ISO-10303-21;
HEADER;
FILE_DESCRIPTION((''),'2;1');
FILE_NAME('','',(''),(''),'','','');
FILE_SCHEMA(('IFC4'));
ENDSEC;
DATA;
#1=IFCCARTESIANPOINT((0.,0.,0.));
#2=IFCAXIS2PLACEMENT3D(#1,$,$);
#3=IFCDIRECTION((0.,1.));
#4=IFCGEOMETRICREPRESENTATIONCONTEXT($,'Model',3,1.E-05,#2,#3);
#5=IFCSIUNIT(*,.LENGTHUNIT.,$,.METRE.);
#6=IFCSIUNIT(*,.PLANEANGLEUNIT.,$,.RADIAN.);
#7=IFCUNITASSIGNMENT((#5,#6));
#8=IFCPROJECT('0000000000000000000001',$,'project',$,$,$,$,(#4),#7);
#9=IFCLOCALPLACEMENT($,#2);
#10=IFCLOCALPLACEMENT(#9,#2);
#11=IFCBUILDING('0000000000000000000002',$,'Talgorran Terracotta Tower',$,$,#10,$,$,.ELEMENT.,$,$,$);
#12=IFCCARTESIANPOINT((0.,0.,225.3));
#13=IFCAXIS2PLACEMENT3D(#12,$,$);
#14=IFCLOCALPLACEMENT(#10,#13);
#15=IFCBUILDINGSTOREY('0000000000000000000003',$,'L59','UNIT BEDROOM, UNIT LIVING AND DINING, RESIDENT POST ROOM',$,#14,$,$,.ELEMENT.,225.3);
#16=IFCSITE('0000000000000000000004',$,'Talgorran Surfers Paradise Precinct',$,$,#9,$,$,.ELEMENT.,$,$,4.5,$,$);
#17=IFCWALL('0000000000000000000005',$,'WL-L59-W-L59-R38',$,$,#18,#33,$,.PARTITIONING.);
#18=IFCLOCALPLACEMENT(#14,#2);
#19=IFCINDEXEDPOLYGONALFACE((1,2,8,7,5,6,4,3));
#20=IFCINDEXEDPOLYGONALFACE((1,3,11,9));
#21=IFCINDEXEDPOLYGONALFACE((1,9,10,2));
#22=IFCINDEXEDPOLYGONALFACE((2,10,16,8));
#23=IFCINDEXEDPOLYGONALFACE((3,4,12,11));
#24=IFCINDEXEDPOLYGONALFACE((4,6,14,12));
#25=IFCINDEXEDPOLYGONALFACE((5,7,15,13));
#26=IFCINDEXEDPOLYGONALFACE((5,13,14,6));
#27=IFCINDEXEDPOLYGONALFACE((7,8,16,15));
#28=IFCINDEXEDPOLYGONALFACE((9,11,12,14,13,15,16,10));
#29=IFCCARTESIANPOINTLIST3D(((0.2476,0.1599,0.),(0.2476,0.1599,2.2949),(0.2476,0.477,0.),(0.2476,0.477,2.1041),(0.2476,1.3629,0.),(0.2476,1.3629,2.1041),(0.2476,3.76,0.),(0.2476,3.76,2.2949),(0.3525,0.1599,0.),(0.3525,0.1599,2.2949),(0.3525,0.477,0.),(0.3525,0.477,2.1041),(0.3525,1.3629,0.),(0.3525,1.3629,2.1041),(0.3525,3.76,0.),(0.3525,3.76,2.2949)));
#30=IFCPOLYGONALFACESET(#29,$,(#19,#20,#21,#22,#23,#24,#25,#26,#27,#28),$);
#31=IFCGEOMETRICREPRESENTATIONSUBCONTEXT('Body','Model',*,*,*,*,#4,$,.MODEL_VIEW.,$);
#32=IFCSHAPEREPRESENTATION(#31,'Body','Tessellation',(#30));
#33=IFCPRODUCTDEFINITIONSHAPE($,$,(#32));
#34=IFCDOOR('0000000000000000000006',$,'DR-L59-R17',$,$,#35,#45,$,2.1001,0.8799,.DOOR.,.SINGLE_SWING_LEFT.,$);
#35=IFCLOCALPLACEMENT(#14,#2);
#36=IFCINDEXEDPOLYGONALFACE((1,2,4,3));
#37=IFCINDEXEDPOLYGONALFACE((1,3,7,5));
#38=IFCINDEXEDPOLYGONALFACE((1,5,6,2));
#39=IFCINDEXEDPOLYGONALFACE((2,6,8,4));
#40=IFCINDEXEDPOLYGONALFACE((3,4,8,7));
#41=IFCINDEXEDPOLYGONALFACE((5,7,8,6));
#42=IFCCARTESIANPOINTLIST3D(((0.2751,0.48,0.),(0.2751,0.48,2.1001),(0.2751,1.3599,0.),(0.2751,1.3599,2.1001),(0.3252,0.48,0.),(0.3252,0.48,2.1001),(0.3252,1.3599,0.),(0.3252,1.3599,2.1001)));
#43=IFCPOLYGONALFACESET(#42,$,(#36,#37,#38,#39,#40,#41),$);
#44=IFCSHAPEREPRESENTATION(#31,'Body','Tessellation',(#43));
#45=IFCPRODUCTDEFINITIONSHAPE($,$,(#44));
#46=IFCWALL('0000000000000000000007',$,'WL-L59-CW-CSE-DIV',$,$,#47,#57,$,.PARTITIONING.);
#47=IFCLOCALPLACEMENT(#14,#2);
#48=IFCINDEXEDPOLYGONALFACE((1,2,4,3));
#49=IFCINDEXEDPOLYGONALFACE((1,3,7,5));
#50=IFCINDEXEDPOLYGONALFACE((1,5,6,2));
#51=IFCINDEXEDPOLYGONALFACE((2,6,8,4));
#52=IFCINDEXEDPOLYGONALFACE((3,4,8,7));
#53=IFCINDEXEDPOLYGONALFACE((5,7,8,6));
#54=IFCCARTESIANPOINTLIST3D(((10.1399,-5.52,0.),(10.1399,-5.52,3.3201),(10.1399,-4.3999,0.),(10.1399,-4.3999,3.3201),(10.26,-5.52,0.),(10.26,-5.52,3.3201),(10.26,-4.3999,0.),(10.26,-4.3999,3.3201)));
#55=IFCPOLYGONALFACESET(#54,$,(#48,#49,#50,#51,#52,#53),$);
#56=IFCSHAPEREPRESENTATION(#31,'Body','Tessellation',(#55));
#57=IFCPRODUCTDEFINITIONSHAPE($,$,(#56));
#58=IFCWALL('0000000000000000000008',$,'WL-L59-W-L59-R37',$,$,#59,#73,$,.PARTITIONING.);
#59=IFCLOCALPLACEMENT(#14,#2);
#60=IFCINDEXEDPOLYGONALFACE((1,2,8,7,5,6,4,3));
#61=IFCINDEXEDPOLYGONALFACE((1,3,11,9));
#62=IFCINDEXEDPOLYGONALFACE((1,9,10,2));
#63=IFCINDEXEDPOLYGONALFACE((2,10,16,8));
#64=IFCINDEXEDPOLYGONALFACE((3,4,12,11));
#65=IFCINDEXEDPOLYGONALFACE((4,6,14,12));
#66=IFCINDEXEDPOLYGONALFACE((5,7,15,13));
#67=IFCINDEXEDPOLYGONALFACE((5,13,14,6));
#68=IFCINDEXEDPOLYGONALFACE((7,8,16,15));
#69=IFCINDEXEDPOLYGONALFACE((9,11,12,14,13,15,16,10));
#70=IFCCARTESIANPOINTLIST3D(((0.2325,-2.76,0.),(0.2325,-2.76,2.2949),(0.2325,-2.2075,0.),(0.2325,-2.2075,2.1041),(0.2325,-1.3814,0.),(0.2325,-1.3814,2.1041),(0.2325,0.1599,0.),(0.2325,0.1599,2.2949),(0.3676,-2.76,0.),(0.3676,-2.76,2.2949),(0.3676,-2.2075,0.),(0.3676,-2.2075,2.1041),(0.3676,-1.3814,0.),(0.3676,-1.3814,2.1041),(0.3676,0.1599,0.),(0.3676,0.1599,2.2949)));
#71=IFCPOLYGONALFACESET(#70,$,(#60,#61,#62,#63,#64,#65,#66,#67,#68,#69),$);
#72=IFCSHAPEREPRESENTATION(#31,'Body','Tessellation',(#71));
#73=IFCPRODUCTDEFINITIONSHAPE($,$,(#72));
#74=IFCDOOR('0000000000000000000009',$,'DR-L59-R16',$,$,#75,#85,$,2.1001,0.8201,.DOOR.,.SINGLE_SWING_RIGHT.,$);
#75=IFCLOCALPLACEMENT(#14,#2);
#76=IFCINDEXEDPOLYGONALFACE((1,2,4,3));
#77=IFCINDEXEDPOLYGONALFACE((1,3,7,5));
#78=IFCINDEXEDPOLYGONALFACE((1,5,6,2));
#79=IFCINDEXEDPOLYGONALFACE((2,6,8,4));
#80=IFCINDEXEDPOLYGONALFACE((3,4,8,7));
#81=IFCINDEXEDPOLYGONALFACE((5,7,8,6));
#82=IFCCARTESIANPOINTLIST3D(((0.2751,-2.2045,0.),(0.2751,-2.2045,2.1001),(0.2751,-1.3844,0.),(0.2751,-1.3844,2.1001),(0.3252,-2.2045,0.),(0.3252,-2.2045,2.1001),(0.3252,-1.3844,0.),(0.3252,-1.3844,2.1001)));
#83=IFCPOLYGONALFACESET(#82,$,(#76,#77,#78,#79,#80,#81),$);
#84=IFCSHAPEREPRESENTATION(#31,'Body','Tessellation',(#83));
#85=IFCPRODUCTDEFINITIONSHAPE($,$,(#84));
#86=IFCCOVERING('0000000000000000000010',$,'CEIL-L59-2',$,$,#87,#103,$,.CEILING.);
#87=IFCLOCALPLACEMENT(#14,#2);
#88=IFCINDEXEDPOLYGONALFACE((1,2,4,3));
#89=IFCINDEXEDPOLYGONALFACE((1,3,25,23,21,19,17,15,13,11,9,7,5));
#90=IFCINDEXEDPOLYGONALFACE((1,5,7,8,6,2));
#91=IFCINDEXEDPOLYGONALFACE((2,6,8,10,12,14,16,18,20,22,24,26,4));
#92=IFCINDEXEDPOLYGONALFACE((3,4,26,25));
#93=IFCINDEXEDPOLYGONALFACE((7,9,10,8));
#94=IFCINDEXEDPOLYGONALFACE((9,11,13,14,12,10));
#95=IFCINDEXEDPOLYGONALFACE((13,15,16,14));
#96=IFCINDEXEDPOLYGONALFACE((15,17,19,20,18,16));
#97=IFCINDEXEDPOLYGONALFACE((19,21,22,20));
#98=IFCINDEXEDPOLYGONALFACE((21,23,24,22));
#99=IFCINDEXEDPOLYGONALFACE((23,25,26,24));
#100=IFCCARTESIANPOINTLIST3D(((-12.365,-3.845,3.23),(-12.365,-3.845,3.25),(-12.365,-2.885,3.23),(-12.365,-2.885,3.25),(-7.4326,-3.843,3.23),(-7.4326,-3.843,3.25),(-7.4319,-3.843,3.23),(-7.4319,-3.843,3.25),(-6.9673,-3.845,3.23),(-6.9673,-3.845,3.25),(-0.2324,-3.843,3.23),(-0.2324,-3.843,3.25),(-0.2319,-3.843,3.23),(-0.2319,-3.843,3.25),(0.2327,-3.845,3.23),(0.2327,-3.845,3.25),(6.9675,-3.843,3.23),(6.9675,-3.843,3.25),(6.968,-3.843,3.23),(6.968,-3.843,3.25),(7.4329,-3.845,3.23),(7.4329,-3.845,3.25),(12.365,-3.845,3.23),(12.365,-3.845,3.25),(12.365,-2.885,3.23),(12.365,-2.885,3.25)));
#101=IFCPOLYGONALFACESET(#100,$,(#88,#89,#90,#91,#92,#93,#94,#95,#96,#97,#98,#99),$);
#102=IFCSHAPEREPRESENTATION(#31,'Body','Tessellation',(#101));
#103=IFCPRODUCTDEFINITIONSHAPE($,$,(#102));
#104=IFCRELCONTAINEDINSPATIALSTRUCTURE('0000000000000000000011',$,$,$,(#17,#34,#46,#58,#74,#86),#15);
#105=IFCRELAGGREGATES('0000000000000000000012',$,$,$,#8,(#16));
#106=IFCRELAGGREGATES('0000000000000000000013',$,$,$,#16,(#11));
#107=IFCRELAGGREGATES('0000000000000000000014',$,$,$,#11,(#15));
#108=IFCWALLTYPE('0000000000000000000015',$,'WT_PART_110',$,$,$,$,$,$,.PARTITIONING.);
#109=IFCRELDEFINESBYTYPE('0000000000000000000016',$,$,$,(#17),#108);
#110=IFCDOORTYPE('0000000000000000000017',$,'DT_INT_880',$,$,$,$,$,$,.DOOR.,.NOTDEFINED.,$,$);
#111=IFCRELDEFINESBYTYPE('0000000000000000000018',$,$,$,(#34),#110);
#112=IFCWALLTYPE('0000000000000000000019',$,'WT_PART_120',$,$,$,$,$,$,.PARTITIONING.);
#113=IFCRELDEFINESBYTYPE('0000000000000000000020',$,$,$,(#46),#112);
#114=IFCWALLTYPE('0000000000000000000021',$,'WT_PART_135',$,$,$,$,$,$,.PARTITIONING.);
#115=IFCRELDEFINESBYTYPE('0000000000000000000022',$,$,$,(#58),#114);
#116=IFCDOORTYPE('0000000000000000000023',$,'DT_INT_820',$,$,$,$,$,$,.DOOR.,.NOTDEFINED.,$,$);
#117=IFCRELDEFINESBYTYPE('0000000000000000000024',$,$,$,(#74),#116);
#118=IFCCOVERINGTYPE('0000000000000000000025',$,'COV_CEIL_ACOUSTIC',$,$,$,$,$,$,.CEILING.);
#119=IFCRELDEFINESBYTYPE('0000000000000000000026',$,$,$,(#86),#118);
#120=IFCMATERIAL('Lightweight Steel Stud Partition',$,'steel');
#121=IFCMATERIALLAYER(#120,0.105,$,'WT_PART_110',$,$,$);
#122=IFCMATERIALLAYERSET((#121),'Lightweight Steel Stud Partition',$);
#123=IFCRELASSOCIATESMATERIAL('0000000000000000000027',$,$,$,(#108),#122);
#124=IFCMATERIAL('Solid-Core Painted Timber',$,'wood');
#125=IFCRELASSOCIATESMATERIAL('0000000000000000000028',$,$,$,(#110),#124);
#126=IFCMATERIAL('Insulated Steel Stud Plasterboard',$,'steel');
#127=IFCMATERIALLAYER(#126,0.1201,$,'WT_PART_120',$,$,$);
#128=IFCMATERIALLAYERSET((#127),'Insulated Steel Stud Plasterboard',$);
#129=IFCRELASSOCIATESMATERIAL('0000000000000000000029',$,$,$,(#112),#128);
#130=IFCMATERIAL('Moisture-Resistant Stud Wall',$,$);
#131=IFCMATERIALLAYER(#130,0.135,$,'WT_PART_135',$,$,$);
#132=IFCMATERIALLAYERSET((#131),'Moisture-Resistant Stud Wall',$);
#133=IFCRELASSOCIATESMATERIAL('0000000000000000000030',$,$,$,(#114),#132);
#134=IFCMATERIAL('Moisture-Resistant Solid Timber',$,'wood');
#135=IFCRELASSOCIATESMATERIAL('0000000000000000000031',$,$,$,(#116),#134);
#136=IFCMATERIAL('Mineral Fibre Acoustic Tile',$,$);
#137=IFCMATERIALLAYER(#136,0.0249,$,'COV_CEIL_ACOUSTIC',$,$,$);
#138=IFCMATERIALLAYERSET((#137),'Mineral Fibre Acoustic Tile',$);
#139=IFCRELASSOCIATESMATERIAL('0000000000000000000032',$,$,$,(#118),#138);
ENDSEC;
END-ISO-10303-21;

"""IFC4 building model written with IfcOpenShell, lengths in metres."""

from ifc_helpers import new_model, si_unit, direction, frame, frame_2d, origin, place, context, subcontext, project, spatial, polyline, rectangle, outline, extrude, material, layer, layer_set, type_object, element, fill, save


model = new_model("IFC4")

# Units and contexts
model_context = context("Model", 3, precision=1e-05, world=origin(), true_north=direction((0.0, 1.0)))
body_context = subcontext(model_context, "Body", "Model", "MODEL_VIEW")
ifc_project = project(units=[si_unit("LENGTHUNIT", "METRE"), si_unit("PLANEANGLEUNIT", "RADIAN")], contexts=[model_context])

# Site, building, storey
site_placement = place(None, origin())
site = spatial("IfcSite", under=ifc_project, at=site_placement, Name="Talgorran Surfers Paradise Precinct", CompositionType="ELEMENT", RefElevation=4.5)
building_placement = place(site_placement, origin())
building = spatial("IfcBuilding", under=site, at=building_placement, Name="Talgorran Terracotta Tower", CompositionType="ELEMENT")
storey_placement = place(building_placement, frame((0.0, 0.0, 225.3)))
storey = spatial("IfcBuildingStorey", under=building, at=storey_placement, Name="L59", Description="UNIT BEDROOM, UNIT LIVING AND DINING, RESIDENT POST ROOM", CompositionType="ELEMENT", Elevation=225.3)

# Wall, opening, door
ifc_material_1 = material(Name="Lightweight Steel Stud Partition", Category="steel")
ifc_layer_1 = layer(ifc_material_1, 0.105, Name="WT_PART_110")
ifc_layer_set_1 = layer_set([ifc_layer_1], Name="Lightweight Steel Stud Partition")
wall_type_1 = type_object("IfcWallType", Name="WT_PART_110", PredefinedType="PARTITIONING", material=ifc_layer_set_1)
wall_1_placement = place(storey_placement, frame((0.3, 0.1599, 0.0), z_axis=(0.0, 0.0, 1.0), x_axis=(0.0, 1.0, 0.0)))
wall_1 = element("IfcWall", 1, at=wall_1_placement, inside=storey, type_object=wall_type_1, Name="WL-L59-W-L59-R38", PredefinedType="PARTITIONING", context=body_context, shape_type="SweptSolid", body=[
    extrude(rectangle(XDim=3.6001, YDim=0.105, at=frame_2d((1.8, 0.0))), origin(), (0.0, 0.0, 1.0), 2.2949),
])
opening_1_placement = place(wall_1_placement, frame((0.3201, 0.0, 0.0)))
opening_1 = element("IfcOpeningElement", 2, at=opening_1_placement, cuts=wall_1, PredefinedType="OPENING", context=body_context, shape_type="SweptSolid", body=[
    extrude(rectangle(XDim=0.8859, YDim=2.1041, at=frame_2d((0.4399, 1.052))), frame((0.0, 0.0625, 0.0), z_axis=(0.0, -1.0, 0.0), x_axis=(1.0, 0.0, 0.0)), (0.0, 0.0, 1.0), 0.125),
])
ifc_material_2 = material(Name="Solid-Core Painted Timber", Category="wood")
door_type_1 = type_object("IfcDoorType", Name="DT_INT_880", OperationType="NOTDEFINED", PredefinedType="DOOR", material=ifc_material_2)
door_1_placement = place(opening_1_placement, origin())
door_1 = element("IfcDoor", 3, at=door_1_placement, inside=storey, type_object=door_type_1, Name="DR-L59-R17", OperationType="SINGLE_SWING_LEFT", OverallHeight=2.1001, OverallWidth=0.8799, PredefinedType="DOOR", context=body_context, shape_type="SweptSolid", body=[
    extrude(rectangle(XDim=0.8799, YDim=2.1001, at=frame_2d((0.4399, 1.05))), frame((0.0, 0.0249, 0.0), z_axis=(0.0, -1.0, 0.0), x_axis=(1.0, 0.0, 0.0)), (0.0, 0.0, 1.0), 0.05),
])
fill(opening_1, door_1)

# Wall
ifc_material_3 = material(Name="Insulated Steel Stud Plasterboard", Category="steel")
ifc_layer_2 = layer(ifc_material_3, 0.1201, Name="WT_PART_120")
ifc_layer_set_2 = layer_set([ifc_layer_2], Name="Insulated Steel Stud Plasterboard")
wall_type_2 = type_object("IfcWallType", Name="WT_PART_120", PredefinedType="PARTITIONING", material=ifc_layer_set_2)
wall_2_placement = place(storey_placement, frame((10.2, -5.52, 0.0), z_axis=(0.0, 0.0, 1.0), x_axis=(0.0, 1.0, 0.0)))
element("IfcWall", 4, at=wall_2_placement, inside=storey, type_object=wall_type_2, Name="WL-L59-CW-CSE-DIV", PredefinedType="PARTITIONING", context=body_context, shape_type="SweptSolid", body=[
    extrude(rectangle(XDim=1.1201, YDim=0.1201, at=frame_2d((0.5601, 0.0))), origin(), (0.0, 0.0, 1.0), 3.3201),
])

# Wall, opening, door
ifc_material_4 = material(Name="Moisture-Resistant Stud Wall")
ifc_layer_3 = layer(ifc_material_4, 0.135, Name="WT_PART_135")
ifc_layer_set_3 = layer_set([ifc_layer_3], Name="Moisture-Resistant Stud Wall")
wall_type_3 = type_object("IfcWallType", Name="WT_PART_135", PredefinedType="PARTITIONING", material=ifc_layer_set_3)
wall_3_placement = place(storey_placement, frame((0.3, -2.76, 0.0), z_axis=(0.0, 0.0, 1.0), x_axis=(0.0, 1.0, 0.0)))
wall_3 = element("IfcWall", 5, at=wall_3_placement, inside=storey, type_object=wall_type_3, Name="WL-L59-W-L59-R37", PredefinedType="PARTITIONING", context=body_context, shape_type="SweptSolid", body=[
    extrude(rectangle(XDim=2.9199, YDim=0.135, at=frame_2d((1.46, 0.0))), origin(), (0.0, 0.0, 1.0), 2.2949),
])
opening_2_placement = place(wall_3_placement, frame((0.5554, 0.0, 0.0)))
opening_2 = element("IfcOpeningElement", 6, at=opening_2_placement, cuts=wall_3, PredefinedType="OPENING", context=body_context, shape_type="SweptSolid", body=[
    extrude(rectangle(XDim=0.8261, YDim=2.1041, at=frame_2d((0.4102, 1.052))), frame((0.0, 0.0776, 0.0), z_axis=(0.0, -1.0, 0.0), x_axis=(1.0, 0.0, 0.0)), (0.0, 0.0, 1.0), 0.155),
])
ifc_material_5 = material(Name="Moisture-Resistant Solid Timber", Category="wood")
door_type_2 = type_object("IfcDoorType", Name="DT_INT_820", OperationType="NOTDEFINED", PredefinedType="DOOR", material=ifc_material_5)
door_2_placement = place(opening_2_placement, origin())
door_2 = element("IfcDoor", 7, at=door_2_placement, inside=storey, type_object=door_type_2, Name="DR-L59-R16", OperationType="SINGLE_SWING_RIGHT", OverallHeight=2.1001, OverallWidth=0.8201, PredefinedType="DOOR", context=body_context, shape_type="SweptSolid", body=[
    extrude(rectangle(XDim=0.8201, YDim=2.1001, at=frame_2d((0.4102, 1.05))), frame((0.0, 0.0249, 0.0), z_axis=(0.0, -1.0, 0.0), x_axis=(1.0, 0.0, 0.0)), (0.0, 0.0, 1.0), 0.05),
])
fill(opening_2, door_2)

# Covering
ifc_material_6 = material(Name="Mineral Fibre Acoustic Tile")
ifc_layer_4 = layer(ifc_material_6, 0.0249, Name="COV_CEIL_ACOUSTIC")
ifc_layer_set_4 = layer_set([ifc_layer_4], Name="Mineral Fibre Acoustic Tile")
covering_type_1 = type_object("IfcCoveringType", Name="COV_CEIL_ACOUSTIC", PredefinedType="CEILING", material=ifc_layer_set_4)
covering_1_placement = place(storey_placement, frame((0.0, 0.0, 3.23)))
element("IfcCovering", 8, at=covering_1_placement, inside=storey, type_object=covering_type_1, Name="CEIL-L59-2", PredefinedType="CEILING", context=body_context, shape_type="SweptSolid", body=[
    extrude(outline(polyline([(-12.365, -2.885), (12.365, -2.885), (12.365, -3.845), (7.4329, -3.845), (6.968, -3.843), (6.9675, -3.843), (0.2327, -3.845), (-0.2319, -3.843), (-0.2324, -3.843), (-6.9673, -3.845), (-7.4319, -3.843), (-7.4326, -3.843), (-12.365, -3.845), (-12.365, -2.885)])), origin(), (0.0, 0.0, 1.0), 0.02),
])

save(model, "model.ifc")
